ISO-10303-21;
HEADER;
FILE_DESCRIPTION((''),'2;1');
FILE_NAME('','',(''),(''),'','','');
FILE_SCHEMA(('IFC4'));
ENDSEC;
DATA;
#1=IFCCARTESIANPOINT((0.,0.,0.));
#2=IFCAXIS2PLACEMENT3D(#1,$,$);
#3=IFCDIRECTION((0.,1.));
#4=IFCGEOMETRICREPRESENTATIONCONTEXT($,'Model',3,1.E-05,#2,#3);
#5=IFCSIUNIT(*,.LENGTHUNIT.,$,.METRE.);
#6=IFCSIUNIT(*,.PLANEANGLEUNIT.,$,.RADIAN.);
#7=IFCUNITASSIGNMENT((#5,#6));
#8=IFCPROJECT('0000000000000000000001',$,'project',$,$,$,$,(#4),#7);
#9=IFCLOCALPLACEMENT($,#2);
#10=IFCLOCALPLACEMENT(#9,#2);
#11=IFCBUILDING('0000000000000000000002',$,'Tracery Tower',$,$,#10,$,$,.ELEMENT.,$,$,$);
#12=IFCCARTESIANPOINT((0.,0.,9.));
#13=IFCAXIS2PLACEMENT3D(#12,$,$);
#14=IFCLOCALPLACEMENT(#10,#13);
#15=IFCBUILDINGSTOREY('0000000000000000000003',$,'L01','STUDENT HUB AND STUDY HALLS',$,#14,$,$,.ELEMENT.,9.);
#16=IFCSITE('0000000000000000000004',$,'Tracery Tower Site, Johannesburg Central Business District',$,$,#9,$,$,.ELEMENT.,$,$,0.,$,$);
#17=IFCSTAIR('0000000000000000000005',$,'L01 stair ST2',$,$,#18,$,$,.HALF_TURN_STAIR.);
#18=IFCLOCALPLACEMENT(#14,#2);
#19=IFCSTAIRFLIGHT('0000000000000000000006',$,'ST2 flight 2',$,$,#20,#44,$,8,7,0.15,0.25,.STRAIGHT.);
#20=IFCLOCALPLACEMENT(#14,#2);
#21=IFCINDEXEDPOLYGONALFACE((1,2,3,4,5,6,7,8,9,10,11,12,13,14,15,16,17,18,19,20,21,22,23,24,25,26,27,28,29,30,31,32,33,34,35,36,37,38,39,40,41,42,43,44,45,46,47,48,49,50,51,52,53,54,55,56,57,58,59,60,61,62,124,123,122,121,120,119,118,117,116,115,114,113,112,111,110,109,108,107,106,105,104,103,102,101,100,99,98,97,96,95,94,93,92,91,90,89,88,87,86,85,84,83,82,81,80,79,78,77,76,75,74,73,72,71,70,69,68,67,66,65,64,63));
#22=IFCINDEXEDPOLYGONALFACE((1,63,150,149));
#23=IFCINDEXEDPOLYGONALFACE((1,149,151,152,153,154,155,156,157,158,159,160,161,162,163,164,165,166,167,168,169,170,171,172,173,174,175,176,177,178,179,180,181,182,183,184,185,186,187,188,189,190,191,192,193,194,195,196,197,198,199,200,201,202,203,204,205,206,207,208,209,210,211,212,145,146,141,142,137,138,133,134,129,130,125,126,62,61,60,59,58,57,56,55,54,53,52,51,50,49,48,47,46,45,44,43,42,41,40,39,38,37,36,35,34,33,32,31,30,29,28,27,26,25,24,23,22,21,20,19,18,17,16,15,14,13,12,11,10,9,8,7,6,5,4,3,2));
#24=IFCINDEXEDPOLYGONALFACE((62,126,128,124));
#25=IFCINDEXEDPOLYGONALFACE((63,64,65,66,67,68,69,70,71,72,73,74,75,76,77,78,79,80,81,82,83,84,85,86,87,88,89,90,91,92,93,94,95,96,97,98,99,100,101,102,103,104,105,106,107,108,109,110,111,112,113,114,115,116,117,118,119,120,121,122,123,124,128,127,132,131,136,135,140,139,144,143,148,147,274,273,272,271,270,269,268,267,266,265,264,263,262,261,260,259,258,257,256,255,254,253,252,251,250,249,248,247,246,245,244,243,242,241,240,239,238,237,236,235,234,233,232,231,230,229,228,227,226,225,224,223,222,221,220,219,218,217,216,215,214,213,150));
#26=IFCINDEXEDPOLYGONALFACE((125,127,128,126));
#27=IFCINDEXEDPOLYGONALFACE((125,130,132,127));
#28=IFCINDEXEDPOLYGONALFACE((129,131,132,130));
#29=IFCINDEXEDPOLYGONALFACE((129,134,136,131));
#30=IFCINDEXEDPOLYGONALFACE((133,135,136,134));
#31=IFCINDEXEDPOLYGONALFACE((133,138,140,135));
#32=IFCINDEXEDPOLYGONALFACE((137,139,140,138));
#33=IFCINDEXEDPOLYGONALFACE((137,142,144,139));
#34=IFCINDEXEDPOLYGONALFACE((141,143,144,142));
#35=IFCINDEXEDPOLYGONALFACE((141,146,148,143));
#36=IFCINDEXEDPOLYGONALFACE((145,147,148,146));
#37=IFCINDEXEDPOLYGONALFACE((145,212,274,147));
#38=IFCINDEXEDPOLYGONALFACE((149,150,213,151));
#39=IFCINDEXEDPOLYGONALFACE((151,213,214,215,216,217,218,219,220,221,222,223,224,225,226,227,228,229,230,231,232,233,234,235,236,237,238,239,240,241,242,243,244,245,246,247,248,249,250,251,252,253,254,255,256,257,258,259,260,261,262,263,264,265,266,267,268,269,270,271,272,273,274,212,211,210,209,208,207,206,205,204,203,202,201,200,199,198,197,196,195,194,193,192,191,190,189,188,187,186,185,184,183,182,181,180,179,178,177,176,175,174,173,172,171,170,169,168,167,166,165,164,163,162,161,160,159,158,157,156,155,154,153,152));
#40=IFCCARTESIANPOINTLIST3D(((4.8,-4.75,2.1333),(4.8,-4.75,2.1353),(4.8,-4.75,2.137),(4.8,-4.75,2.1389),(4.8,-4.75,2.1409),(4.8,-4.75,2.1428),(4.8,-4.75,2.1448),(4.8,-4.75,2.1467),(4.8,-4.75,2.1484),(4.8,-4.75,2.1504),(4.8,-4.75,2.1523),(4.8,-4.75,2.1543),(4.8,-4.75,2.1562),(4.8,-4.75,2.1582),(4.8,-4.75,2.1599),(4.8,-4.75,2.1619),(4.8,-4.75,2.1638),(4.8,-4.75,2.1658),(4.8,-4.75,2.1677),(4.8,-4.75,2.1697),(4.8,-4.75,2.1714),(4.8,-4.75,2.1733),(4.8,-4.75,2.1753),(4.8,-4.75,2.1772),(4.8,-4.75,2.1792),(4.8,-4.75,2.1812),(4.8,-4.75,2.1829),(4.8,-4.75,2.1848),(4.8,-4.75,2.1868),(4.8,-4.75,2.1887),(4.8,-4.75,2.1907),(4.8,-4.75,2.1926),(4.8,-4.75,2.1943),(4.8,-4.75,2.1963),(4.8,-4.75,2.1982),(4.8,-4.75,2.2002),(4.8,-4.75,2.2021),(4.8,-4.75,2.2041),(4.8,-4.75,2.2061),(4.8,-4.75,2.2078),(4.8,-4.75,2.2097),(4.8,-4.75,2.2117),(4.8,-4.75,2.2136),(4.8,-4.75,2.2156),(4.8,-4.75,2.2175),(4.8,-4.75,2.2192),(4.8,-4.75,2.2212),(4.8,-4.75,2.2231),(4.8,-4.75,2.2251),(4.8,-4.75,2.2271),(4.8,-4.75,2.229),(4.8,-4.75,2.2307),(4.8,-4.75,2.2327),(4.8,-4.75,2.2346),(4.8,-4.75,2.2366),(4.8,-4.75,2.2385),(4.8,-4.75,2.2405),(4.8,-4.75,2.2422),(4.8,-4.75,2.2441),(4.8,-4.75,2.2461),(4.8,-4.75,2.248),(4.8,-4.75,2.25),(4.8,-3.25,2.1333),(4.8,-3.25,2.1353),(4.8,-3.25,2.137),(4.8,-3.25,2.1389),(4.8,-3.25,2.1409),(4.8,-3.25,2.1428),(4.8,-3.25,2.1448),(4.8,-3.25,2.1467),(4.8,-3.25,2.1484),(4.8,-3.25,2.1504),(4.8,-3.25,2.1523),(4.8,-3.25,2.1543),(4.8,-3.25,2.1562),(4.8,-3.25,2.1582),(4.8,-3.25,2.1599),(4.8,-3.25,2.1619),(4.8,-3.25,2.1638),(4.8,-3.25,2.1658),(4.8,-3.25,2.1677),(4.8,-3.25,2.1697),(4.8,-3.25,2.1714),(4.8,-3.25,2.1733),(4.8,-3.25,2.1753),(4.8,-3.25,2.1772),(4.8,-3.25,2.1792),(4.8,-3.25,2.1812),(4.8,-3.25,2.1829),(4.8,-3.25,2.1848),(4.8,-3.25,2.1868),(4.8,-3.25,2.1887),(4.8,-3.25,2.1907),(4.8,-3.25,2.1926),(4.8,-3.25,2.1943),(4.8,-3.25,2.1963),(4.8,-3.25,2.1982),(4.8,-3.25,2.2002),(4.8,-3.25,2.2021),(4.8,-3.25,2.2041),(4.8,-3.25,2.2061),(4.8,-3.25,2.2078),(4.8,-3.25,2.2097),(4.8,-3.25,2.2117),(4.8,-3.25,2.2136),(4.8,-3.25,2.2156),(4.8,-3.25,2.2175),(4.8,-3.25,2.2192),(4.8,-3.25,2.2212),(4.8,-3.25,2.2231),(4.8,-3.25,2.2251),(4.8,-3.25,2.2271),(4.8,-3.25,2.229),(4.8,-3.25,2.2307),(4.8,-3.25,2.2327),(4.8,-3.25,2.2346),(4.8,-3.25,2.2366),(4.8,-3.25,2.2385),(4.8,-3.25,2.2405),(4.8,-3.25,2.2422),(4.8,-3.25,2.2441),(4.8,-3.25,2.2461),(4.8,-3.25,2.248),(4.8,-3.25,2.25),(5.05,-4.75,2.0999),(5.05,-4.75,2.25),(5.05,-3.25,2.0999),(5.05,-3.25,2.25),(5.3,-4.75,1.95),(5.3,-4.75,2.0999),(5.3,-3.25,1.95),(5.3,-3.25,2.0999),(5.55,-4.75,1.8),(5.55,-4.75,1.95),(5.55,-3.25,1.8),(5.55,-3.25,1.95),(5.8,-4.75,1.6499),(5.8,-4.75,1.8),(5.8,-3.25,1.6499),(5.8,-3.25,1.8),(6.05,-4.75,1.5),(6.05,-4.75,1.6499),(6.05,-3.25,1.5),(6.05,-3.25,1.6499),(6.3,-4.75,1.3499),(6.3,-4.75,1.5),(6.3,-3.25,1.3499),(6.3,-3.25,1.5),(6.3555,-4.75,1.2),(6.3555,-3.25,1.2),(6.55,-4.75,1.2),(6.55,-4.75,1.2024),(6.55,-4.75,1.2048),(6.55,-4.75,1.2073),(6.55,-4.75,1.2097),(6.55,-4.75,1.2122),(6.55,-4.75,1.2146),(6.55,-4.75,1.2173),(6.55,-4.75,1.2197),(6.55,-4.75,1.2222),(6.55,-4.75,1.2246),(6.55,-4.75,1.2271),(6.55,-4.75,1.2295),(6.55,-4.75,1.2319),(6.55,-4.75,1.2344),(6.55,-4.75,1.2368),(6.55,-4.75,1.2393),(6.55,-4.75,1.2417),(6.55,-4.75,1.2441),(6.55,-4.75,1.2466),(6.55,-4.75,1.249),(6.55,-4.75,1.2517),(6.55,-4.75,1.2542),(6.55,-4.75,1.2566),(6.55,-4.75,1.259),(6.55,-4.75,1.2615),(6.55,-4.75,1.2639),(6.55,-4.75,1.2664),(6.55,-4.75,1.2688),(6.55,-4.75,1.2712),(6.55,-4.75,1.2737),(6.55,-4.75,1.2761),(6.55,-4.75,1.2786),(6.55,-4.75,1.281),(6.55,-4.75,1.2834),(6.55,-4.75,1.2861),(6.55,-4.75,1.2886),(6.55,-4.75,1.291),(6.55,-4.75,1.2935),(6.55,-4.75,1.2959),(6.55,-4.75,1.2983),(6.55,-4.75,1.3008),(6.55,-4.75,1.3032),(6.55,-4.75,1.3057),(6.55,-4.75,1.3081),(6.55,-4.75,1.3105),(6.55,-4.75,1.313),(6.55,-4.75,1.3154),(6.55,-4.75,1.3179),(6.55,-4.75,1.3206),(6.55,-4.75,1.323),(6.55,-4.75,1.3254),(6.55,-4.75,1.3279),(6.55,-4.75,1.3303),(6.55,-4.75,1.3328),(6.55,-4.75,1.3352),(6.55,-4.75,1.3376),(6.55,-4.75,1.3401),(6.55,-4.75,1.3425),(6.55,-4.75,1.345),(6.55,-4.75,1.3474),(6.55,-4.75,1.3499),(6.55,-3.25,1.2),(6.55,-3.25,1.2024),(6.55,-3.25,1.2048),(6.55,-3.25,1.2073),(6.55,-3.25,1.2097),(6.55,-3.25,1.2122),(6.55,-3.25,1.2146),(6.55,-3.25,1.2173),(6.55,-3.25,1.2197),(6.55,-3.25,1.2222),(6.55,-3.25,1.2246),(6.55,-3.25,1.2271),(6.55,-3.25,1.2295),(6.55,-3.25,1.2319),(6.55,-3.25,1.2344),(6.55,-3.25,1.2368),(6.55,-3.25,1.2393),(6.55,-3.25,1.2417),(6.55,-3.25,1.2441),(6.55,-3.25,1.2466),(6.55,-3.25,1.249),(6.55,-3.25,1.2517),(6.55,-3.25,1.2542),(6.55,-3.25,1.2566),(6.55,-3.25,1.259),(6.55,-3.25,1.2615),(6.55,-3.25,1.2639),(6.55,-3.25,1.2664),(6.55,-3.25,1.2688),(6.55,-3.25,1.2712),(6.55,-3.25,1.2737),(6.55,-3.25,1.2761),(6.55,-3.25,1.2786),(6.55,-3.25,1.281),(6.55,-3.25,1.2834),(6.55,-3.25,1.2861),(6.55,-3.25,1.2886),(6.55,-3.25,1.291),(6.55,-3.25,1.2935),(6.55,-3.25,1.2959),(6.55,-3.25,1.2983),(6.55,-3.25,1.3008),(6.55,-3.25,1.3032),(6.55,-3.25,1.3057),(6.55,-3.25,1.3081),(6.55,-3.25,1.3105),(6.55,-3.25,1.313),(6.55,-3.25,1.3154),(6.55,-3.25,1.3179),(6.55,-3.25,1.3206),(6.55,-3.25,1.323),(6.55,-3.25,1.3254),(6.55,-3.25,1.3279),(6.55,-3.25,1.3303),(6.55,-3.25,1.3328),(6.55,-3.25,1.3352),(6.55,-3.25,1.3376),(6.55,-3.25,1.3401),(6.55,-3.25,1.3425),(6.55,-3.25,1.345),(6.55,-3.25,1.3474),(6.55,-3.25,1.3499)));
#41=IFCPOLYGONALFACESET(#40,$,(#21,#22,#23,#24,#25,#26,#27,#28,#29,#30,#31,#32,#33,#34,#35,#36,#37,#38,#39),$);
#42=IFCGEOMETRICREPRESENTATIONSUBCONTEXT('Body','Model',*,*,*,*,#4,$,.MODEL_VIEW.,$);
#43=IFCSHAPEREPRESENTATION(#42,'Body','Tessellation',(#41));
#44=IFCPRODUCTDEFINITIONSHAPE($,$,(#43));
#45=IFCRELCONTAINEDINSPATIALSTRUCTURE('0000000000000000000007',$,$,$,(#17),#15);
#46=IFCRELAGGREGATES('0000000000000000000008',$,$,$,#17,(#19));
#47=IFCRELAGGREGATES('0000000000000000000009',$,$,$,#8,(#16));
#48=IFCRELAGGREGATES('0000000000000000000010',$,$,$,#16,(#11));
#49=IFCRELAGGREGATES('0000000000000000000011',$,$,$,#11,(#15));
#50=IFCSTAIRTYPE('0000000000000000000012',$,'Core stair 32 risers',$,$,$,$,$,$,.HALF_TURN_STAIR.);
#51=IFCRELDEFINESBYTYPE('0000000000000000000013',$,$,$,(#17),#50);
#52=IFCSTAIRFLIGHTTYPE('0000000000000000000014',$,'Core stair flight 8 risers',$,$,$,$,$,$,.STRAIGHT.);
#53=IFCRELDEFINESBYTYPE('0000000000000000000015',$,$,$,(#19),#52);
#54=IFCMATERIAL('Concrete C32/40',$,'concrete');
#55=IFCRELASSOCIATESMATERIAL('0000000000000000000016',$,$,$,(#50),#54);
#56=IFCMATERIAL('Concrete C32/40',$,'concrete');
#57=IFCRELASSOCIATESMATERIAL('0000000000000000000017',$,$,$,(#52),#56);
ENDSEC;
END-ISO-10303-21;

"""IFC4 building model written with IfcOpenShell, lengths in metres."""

from ifc_helpers import new_model, si_unit, direction, frame, origin, place, context, subcontext, project, spatial, polyline, outline, extrude, material, type_object, element, aggregate, save


model = new_model("IFC4")

# Units and contexts
model_context = context("Model", 3, precision=1e-05, world=origin(), true_north=direction((0.0, 1.0)))
body_context = subcontext(model_context, "Body", "Model", "MODEL_VIEW")
ifc_project = project(units=[si_unit("LENGTHUNIT", "METRE"), si_unit("PLANEANGLEUNIT", "RADIAN")], contexts=[model_context])

# Site, building, storey
site_placement = place(None, origin())
site = spatial("IfcSite", under=ifc_project, at=site_placement, Name="Tracery Tower Site, Johannesburg Central Business District", CompositionType="ELEMENT", RefElevation=0.0)
building_placement = place(site_placement, origin())
building = spatial("IfcBuilding", under=site, at=building_placement, Name="Tracery Tower", CompositionType="ELEMENT")
storey_placement = place(building_placement, frame((0.0, 0.0, 9.0)))
storey = spatial("IfcBuildingStorey", under=building, at=storey_placement, Name="L01", Description="STUDENT HUB AND STUDY HALLS", CompositionType="ELEMENT", Elevation=9.0)

# Stair, stair flight
ifc_material_1 = material(Name="Concrete C32/40", Category="concrete")
stair_type = type_object("IfcStairType", Name="Core stair 32 risers", PredefinedType="HALF_TURN_STAIR", material=ifc_material_1)
stair_placement = place(storey_placement, origin())
stair = element("IfcStair", 1, at=stair_placement, inside=storey, type_object=stair_type, Name="L01 stair ST2", PredefinedType="HALF_TURN_STAIR")
ifc_material_2 = material(Name="Concrete C32/40", Category="concrete")
stair_flight_type = type_object("IfcStairFlightType", Name="Core stair flight 8 risers", PredefinedType="STRAIGHT", material=ifc_material_2)
stair_flight_1_placement = place(storey_placement, frame((6.55, -4.0, 1.2), z_axis=(0.0, 0.0, 1.0), x_axis=(-1.0, 0.0, 0.0)))
stair_flight_1 = element("IfcStairFlight", 2, at=stair_flight_1_placement, type_object=stair_flight_type, Name="ST2 flight 2", NumberOfRisers=8, NumberOfTreads=7, PredefinedType="STRAIGHT", RiserHeight=0.15, TreadLength=0.25, context=body_context, shape_type="SweptSolid", body=[
    extrude(outline(polyline([(0.0, 0.0), (0.0, 0.0024), (0.0, 0.0049), (0.0, 0.0073), (0.0, 0.0098), (0.0, 0.0122), (0.0, 0.0146), (0.0, 0.0173), (0.0, 0.0198), (0.0, 0.0222), (0.0, 0.0247), (0.0, 0.0271), (0.0, 0.0295), (0.0, 0.032), (0.0, 0.0344), (0.0, 0.0369), (0.0, 0.0393), (0.0, 0.0417), (0.0, 0.0442), (0.0, 0.0466), (0.0, 0.0491), (0.0, 0.0518), (0.0, 0.0542), (0.0, 0.0566), (0.0, 0.0591), (0.0, 0.0615), (0.0, 0.064), (0.0, 0.0664), (0.0, 0.0688), (0.0, 0.0713), (0.0, 0.0737), (0.0, 0.0762), (0.0, 0.0786), (0.0, 0.0811), (0.0, 0.0835), (0.0, 0.0862), (0.0, 0.0886), (0.0, 0.0911), (0.0, 0.0935), (0.0, 0.0959), (0.0, 0.0984), (0.0, 0.1008), (0.0, 0.1033), (0.0, 0.1057), (0.0, 0.1082), (0.0, 0.1106), (0.0, 0.113), (0.0, 0.1155), (0.0, 0.1179), (0.0, 0.1206), (0.0, 0.123), (0.0, 0.1255), (0.0, 0.1279), (0.0, 0.1304), (0.0, 0.1328), (0.0, 0.1353), (0.0, 0.1377), (0.0, 0.1401), (0.0, 0.1426), (0.0, 0.145), (0.0, 0.1475), (0.0, 0.1499), (0.25, 0.1499), (0.25, 0.3), (0.5, 0.3), (0.5, 0.45), (0.75, 0.45), (0.75, 0.6001), (1.0, 0.6001), (1.0, 0.75), (1.25, 0.75), (1.25, 0.8999), (1.5, 0.8999), (1.5, 1.05), (1.75, 1.05), (1.75, 1.0481), (1.75, 1.0461), (1.75, 1.0442), (1.75, 1.0422), (1.75, 1.0405), (1.75, 1.0386), (1.75, 1.0366), (1.75, 1.0347), (1.75, 1.0327), (1.75, 1.0308), (1.75, 1.0291), (1.75, 1.0271), (1.75, 1.0251), (1.75, 1.0232), (1.75, 1.0212), (1.75, 1.0193), (1.75, 1.0176), (1.75, 1.0156), (1.75, 1.0137), (1.75, 1.0117), (1.75, 1.0098), (1.75, 1.0078), (1.75, 1.0061), (1.75, 1.0042), (1.75, 1.0022), (1.75, 1.0002), (1.75, 0.9983), (1.75, 0.9963), (1.75, 0.9944), (1.75, 0.9927), (1.75, 0.9907), (1.75, 0.9888), (1.75, 0.9868), (1.75, 0.9849), (1.75, 0.9829), (1.75, 0.9812), (1.75, 0.9792), (1.75, 0.9773), (1.75, 0.9753), (1.75, 0.9734), (1.75, 0.9714), (1.75, 0.9697), (1.75, 0.9678), (1.75, 0.9658), (1.75, 0.9639), (1.75, 0.9619), (1.75, 0.96), (1.75, 0.9583), (1.75, 0.9563), (1.75, 0.9543), (1.75, 0.9524), (1.75, 0.9504), (1.75, 0.9485), (1.75, 0.9468), (1.75, 0.9448), (1.75, 0.9429), (1.75, 0.9409), (1.75, 0.939), (1.75, 0.937), (1.75, 0.9353), (1.75, 0.9333), (0.1946, 0.0), (0.0, 0.0)])), frame((0.0, 0.75, 0.0), z_axis=(0.0, -1.0, 0.0), x_axis=(1.0, 0.0, 0.0)), (0.0, 0.0, 1.0), 1.5),
])
aggregate(stair, [stair_flight_1])

save(model, "model.ifc")
